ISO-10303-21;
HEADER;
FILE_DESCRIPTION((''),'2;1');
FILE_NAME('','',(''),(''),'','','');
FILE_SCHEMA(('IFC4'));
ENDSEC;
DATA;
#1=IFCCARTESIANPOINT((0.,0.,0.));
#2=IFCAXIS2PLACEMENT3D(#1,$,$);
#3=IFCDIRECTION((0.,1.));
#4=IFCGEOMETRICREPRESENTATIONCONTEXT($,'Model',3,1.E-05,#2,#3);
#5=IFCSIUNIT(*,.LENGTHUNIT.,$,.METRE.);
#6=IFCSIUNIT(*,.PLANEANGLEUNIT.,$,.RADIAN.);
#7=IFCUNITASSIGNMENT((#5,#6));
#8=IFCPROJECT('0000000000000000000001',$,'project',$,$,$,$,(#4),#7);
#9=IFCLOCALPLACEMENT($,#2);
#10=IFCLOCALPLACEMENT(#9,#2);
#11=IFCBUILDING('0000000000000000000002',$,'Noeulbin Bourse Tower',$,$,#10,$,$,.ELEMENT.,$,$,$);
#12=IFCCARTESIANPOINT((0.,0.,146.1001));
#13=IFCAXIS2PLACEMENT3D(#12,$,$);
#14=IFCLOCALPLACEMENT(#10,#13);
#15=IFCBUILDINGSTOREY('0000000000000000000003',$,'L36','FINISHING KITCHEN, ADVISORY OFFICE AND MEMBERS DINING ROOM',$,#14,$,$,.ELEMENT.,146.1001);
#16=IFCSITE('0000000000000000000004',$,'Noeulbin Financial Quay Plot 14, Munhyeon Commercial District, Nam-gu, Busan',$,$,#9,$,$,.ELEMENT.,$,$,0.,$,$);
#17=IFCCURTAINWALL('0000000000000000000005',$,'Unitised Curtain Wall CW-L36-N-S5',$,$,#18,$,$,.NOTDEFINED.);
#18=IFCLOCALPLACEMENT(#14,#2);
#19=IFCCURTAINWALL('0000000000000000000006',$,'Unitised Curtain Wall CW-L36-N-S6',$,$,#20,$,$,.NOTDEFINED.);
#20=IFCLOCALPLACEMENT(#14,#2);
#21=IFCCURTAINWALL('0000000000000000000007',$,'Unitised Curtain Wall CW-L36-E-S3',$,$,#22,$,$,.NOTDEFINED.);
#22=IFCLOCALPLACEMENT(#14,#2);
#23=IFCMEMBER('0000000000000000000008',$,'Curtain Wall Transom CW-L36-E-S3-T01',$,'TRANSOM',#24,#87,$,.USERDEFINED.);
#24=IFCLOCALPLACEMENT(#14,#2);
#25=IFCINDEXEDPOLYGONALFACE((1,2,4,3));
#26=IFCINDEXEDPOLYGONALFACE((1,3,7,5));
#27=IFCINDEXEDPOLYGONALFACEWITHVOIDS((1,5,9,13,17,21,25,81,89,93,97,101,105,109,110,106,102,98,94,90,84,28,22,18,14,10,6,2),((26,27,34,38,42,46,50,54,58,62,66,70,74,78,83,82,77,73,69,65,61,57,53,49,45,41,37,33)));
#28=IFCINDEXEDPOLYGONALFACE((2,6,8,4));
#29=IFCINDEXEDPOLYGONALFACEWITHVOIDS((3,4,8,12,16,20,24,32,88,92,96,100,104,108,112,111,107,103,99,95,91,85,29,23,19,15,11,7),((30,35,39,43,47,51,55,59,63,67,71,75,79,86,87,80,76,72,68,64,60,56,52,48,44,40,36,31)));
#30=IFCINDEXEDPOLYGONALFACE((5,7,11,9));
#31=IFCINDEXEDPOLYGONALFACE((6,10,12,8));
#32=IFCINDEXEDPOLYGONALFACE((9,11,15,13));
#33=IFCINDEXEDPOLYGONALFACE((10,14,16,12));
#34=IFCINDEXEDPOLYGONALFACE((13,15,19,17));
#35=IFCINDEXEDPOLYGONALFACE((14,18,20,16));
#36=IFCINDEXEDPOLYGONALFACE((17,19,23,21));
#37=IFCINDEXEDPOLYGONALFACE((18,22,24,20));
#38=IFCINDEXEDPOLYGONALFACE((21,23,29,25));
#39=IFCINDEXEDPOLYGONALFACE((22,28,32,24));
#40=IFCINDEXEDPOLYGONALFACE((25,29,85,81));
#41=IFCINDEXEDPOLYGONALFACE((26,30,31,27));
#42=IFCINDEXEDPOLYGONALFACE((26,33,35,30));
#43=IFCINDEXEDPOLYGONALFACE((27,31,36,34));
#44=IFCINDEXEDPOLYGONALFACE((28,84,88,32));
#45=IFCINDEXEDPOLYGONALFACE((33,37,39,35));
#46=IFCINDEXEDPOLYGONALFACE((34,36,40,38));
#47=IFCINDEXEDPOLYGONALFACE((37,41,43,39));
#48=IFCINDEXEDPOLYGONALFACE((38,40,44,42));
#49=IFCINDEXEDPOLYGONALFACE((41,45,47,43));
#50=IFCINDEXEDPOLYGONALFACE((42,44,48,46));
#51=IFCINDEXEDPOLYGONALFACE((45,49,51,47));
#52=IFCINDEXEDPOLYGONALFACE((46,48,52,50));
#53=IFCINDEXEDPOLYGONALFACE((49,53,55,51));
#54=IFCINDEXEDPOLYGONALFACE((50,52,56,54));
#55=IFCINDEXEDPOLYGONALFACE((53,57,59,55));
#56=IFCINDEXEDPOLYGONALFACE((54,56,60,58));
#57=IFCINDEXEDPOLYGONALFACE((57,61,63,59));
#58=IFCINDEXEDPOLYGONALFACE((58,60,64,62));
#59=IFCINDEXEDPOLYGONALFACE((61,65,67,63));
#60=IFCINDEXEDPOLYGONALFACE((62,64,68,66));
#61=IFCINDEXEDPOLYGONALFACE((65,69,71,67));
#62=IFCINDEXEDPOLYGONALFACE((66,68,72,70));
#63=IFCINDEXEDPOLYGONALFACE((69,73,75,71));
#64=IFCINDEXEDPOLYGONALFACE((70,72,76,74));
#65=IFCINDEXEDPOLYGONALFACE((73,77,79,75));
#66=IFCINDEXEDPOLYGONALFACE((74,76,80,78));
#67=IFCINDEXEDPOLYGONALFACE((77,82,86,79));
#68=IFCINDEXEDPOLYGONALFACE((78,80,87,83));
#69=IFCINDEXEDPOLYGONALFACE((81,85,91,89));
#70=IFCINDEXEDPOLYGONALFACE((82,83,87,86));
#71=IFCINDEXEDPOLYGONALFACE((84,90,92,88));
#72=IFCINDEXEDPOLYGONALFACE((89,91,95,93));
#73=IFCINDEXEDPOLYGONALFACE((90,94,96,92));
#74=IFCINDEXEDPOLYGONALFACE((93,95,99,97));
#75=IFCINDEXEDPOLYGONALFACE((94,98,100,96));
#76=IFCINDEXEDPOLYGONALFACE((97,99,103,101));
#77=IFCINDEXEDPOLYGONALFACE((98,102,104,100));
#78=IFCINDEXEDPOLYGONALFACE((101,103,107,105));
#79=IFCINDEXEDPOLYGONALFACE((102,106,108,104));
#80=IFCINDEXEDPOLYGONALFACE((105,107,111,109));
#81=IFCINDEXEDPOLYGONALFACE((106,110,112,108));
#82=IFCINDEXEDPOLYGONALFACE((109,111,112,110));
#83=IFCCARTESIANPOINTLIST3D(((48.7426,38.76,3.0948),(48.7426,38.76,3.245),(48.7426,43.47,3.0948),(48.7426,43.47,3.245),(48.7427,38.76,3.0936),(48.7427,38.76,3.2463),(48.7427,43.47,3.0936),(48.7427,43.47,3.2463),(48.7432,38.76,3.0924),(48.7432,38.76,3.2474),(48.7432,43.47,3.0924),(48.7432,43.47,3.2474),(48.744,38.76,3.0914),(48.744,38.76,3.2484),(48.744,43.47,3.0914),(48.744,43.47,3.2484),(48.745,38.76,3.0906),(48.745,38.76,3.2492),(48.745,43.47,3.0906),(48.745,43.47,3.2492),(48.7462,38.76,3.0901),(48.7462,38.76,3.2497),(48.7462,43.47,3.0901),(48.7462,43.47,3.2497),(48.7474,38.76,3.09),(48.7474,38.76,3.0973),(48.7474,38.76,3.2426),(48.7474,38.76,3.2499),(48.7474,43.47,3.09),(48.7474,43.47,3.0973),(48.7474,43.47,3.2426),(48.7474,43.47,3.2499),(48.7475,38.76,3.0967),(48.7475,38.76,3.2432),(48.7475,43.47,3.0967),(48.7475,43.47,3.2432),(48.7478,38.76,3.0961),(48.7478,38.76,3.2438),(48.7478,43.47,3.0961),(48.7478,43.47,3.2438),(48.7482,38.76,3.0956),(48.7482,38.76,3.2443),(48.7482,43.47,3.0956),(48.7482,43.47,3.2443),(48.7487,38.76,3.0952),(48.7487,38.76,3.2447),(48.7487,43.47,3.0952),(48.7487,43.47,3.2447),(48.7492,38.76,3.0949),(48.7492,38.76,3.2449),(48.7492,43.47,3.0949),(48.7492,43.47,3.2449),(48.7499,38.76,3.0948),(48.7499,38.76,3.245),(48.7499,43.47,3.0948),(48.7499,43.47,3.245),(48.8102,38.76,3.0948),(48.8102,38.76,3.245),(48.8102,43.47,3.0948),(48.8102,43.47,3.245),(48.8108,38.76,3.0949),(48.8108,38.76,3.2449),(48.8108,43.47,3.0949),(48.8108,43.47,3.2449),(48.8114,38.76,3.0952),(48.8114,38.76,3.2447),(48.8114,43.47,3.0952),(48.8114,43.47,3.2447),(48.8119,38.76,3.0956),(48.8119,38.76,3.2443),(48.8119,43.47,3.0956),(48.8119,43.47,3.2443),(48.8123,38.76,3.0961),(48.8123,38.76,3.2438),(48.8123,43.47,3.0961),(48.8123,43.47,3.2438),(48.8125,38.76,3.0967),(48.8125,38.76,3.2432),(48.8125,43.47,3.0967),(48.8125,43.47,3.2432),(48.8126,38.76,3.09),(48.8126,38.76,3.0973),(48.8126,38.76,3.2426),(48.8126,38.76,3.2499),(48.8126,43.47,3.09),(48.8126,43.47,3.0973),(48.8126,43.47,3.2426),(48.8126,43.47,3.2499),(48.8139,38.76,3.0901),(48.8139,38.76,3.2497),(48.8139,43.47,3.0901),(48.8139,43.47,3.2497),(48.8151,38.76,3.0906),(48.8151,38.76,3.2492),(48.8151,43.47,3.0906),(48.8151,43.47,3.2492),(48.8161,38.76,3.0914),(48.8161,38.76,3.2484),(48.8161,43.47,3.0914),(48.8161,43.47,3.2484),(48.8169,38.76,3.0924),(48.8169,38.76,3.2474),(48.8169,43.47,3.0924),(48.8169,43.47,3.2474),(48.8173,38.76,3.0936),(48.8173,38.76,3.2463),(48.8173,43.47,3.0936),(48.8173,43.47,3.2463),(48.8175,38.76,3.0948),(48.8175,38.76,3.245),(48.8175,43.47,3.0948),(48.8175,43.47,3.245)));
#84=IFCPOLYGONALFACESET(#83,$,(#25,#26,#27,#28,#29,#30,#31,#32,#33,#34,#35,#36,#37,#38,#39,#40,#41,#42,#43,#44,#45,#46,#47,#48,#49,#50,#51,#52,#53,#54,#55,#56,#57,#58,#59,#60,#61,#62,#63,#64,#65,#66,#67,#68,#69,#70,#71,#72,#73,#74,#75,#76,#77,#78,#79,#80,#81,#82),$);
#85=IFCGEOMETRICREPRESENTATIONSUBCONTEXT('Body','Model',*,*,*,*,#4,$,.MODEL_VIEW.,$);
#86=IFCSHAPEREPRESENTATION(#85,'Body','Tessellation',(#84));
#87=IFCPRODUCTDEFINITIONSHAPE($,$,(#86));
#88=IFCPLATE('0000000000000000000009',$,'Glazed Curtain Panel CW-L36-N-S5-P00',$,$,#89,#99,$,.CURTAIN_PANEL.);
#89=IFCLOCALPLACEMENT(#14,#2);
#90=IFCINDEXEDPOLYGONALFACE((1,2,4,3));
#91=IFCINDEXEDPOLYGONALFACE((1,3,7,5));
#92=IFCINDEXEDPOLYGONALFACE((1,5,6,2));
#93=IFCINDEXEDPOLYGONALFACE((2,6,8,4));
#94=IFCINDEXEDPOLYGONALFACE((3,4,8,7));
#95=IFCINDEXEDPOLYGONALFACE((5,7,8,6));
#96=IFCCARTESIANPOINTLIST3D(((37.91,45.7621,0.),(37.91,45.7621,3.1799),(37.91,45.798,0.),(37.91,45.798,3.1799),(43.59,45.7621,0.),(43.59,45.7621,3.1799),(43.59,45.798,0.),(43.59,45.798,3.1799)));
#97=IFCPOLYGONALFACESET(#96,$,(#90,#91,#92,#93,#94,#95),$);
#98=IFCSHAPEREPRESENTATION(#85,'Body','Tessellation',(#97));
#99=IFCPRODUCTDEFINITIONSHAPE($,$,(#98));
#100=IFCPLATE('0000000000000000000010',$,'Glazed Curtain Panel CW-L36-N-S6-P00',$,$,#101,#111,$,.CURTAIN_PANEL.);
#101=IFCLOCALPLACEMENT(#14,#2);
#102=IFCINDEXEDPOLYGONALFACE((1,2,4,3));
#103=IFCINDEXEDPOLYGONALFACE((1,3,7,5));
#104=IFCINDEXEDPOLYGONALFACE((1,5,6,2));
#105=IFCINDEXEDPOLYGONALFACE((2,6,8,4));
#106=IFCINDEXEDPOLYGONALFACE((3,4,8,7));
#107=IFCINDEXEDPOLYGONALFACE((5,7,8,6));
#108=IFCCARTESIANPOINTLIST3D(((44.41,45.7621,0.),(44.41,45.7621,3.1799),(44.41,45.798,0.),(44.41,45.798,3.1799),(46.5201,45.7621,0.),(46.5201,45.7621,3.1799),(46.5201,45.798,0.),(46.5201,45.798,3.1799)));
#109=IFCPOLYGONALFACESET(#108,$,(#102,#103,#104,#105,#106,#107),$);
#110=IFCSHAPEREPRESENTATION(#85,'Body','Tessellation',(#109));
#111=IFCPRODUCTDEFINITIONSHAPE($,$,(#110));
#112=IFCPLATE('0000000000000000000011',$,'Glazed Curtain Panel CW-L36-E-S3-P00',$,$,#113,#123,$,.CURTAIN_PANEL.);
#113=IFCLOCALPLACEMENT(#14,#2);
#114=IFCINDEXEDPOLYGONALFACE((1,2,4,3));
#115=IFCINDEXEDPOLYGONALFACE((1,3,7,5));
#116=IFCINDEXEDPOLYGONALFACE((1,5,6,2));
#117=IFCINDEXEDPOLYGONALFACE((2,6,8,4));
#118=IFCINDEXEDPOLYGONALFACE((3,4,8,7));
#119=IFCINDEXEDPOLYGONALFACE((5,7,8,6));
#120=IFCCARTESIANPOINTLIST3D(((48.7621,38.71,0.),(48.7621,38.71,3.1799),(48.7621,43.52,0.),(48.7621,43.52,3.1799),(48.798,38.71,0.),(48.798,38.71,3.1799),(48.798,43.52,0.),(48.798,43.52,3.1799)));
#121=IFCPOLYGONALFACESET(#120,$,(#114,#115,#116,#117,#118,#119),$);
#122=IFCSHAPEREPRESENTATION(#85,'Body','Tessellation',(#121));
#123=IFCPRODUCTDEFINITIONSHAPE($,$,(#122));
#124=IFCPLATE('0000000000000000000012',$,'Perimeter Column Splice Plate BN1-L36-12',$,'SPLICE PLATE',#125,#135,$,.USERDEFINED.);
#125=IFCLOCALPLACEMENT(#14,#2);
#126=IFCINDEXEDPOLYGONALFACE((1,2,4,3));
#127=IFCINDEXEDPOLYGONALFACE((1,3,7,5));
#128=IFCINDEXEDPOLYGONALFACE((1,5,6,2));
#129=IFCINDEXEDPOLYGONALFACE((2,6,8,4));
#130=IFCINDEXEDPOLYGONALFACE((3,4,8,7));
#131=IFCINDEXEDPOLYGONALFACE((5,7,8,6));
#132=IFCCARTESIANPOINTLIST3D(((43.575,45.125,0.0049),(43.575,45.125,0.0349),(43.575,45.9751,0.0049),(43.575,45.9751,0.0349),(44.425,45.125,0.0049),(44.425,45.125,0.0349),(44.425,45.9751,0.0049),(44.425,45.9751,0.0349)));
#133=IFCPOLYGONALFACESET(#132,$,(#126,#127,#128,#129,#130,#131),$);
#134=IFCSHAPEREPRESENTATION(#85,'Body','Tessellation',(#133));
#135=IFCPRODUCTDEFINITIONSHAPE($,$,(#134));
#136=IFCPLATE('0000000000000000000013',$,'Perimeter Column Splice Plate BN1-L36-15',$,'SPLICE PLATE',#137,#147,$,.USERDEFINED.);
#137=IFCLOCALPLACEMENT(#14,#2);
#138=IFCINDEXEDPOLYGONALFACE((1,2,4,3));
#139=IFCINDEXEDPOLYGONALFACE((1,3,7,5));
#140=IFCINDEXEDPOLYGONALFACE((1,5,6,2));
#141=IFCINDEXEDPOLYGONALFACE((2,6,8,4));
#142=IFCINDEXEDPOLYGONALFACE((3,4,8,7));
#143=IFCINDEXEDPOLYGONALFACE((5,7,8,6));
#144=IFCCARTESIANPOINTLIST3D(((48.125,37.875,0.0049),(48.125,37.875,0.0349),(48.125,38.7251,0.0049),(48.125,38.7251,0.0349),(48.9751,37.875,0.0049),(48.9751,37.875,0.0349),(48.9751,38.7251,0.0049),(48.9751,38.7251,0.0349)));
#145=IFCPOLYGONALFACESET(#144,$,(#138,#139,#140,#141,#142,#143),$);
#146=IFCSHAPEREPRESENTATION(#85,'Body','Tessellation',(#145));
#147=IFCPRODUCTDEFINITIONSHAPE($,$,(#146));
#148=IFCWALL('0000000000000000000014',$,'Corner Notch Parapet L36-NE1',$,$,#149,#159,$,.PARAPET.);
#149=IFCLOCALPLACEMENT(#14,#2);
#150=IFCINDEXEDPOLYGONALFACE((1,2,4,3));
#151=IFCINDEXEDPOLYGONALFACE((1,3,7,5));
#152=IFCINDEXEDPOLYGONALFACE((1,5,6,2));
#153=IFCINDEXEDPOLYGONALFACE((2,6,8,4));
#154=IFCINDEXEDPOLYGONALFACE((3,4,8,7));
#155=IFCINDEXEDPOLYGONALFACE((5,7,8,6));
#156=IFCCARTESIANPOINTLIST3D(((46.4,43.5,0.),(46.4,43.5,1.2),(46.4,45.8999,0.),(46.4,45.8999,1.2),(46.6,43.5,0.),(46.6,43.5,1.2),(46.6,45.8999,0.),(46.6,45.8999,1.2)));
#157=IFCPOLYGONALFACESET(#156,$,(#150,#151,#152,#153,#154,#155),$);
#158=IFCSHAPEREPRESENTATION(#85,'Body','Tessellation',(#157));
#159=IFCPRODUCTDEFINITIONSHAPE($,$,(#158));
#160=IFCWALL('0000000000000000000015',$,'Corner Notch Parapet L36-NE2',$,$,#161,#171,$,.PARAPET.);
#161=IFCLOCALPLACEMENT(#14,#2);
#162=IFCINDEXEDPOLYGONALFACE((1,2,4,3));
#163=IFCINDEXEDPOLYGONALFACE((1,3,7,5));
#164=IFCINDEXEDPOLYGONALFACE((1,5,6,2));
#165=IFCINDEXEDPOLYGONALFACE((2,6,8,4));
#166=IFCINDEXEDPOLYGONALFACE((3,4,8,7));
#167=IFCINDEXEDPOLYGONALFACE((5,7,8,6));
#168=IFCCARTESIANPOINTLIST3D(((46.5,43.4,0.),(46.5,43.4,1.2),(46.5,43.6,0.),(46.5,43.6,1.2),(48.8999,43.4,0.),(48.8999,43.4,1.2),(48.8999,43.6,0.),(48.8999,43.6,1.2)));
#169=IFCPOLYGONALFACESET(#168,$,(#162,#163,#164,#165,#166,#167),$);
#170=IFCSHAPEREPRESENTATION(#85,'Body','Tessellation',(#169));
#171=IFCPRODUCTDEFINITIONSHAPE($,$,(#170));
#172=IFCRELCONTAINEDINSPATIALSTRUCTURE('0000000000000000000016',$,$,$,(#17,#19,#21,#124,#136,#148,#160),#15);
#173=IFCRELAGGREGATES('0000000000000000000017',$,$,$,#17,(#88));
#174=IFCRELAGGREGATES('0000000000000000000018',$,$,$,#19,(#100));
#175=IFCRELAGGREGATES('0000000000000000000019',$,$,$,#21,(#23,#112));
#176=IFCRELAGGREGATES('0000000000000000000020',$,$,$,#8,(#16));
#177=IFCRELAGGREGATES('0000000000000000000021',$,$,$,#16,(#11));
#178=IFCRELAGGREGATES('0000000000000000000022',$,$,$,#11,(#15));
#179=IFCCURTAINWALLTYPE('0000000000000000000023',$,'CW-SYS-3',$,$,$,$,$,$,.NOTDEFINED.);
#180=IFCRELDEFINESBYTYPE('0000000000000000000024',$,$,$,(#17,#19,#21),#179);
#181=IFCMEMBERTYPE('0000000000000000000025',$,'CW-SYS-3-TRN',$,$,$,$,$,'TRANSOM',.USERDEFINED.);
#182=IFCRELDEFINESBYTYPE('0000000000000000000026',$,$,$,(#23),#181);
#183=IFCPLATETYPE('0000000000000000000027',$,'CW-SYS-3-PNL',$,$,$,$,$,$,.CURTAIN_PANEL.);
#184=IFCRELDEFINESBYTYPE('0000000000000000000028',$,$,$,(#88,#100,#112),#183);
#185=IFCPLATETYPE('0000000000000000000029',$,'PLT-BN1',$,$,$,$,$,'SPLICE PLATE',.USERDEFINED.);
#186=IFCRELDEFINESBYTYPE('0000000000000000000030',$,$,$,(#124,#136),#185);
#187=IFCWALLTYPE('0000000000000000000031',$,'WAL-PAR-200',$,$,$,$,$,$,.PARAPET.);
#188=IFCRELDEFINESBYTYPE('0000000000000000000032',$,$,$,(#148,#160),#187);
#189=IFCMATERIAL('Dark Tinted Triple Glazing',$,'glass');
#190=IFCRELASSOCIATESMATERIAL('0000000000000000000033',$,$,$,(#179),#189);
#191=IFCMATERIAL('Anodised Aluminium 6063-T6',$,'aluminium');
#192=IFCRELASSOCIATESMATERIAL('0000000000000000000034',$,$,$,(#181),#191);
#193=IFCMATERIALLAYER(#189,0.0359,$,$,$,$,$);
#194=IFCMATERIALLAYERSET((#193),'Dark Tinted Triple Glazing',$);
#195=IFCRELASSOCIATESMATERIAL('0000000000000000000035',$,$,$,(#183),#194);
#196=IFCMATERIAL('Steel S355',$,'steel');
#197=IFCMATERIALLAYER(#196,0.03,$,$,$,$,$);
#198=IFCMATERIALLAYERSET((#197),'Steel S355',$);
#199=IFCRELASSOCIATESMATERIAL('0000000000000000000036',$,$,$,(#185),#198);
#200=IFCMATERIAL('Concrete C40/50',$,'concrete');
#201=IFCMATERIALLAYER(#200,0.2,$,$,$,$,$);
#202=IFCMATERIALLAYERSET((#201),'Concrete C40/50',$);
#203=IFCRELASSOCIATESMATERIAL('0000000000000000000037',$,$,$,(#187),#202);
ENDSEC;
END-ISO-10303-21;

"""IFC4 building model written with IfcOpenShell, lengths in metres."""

from ifc_helpers import new_model, si_unit, direction, frame, frame_2d, origin, origin_2d, place, context, subcontext, project, spatial, rectangle, hollow_rectangle, extrude, material, layer, layer_set, material_profile, profile_set, type_object, element, aggregate, save


model = new_model("IFC4")

# Units and contexts
model_context = context("Model", 3, precision=1e-05, world=origin(), true_north=direction((0.0, 1.0)))
body_context = subcontext(model_context, "Body", "Model", "MODEL_VIEW")
ifc_project = project(units=[si_unit("LENGTHUNIT", "METRE"), si_unit("PLANEANGLEUNIT", "RADIAN")], contexts=[model_context])

# Site, building, storey
site_placement = place(None, origin())
site = spatial("IfcSite", under=ifc_project, at=site_placement, Name="Noeulbin Financial Quay Plot 14, Munhyeon Commercial District, Nam-gu, Busan", CompositionType="ELEMENT", RefElevation=0.0)
building_placement = place(site_placement, origin())
building = spatial("IfcBuilding", under=site, at=building_placement, Name="Noeulbin Bourse Tower", CompositionType="ELEMENT")
storey_placement = place(building_placement, frame((0.0, 0.0, 146.1001)))
storey = spatial("IfcBuildingStorey", under=building, at=storey_placement, Name="L36", Description="FINISHING KITCHEN, ADVISORY OFFICE AND MEMBERS DINING ROOM", CompositionType="ELEMENT", Elevation=146.1001)

# Shared definitions
ifc_material_1 = material(Name="Steel S355", Category="steel")

# Curtain wall
ifc_material_2 = material(Name="Dark Tinted Triple Glazing", Category="glass")
curtain_wall_type = type_object("IfcCurtainWallType", Name="CW-SYS-3", PredefinedType="NOTDEFINED", material=ifc_material_2)
curtain_wall_1_placement = place(storey_placement, origin())
curtain_wall_1 = element("IfcCurtainWall", 1, at=curtain_wall_1_placement, inside=storey, type_object=curtain_wall_type, Name="Unitised Curtain Wall CW-L36-N-S5", PredefinedType="NOTDEFINED")
ifc_material_3 = material(Name="Anodised Aluminium 6063-T6", Category="aluminium")

# Curtain walls
curtain_wall_2_placement = place(storey_placement, origin())
curtain_wall_2 = element("IfcCurtainWall", 2, at=curtain_wall_2_placement, inside=storey, type_object=curtain_wall_type, Name="Unitised Curtain Wall CW-L36-N-S6", PredefinedType="NOTDEFINED")
curtain_wall_3_placement = place(storey_placement, origin())
curtain_wall_3 = element("IfcCurtainWall", 3, at=curtain_wall_3_placement, inside=storey, type_object=curtain_wall_type, Name="Unitised Curtain Wall CW-L36-E-S3", PredefinedType="NOTDEFINED")

# Member
ifc_material_profile_1 = material_profile(ifc_material_3, hollow_rectangle(XDim=0.075, YDim=0.1599, WallThickness=0.0049, InnerFilletRadius=0.0024, OuterFilletRadius=0.0049, at=origin_2d()), Name="ALU-TRAN-75x160x5", Category="LoadBearing")
ifc_profile_set_1 = profile_set([ifc_material_profile_1], Name="Anodised Aluminium 6063-T6")
member_type_1 = type_object("IfcMemberType", Name="CW-SYS-3-TRN", ElementType="TRANSOM", PredefinedType="USERDEFINED", material=ifc_profile_set_1)
member_1_placement = place(storey_placement, frame((48.78, 38.76, 3.1699), z_axis=(0.0, 1.0, 0.0), x_axis=(-1.0, 0.0, 0.0)))
member_1 = element("IfcMember", 4, at=member_1_placement, type_object=member_type_1, Name="Curtain Wall Transom CW-L36-E-S3-T01", ObjectType="TRANSOM", PredefinedType="USERDEFINED", context=body_context, shape_type="SweptSolid", body=[
    extrude(hollow_rectangle(XDim=0.075, YDim=0.1599, WallThickness=0.0049, InnerFilletRadius=0.0024, OuterFilletRadius=0.0049, at=origin_2d()), origin(), (0.0, 0.0, 1.0), 4.71),
])

# Plates
ifc_layer_1 = layer(ifc_material_2, 0.0359)
ifc_layer_set_1 = layer_set([ifc_layer_1], Name="Dark Tinted Triple Glazing")
plate_type_1 = type_object("IfcPlateType", Name="CW-SYS-3-PNL", PredefinedType="CURTAIN_PANEL", material=ifc_layer_set_1)
plate_1_placement = place(storey_placement, frame((40.75, 45.78, 0.0), z_axis=(0.0, 0.0, 1.0), x_axis=(1.0, 0.0, 0.0)))
plate_1 = element("IfcPlate", 5, at=plate_1_placement, type_object=plate_type_1, Name="Glazed Curtain Panel CW-L36-N-S5-P00", PredefinedType="CURTAIN_PANEL", context=body_context, shape_type="SweptSolid", body=[
    extrude(rectangle(XDim=5.6799, YDim=0.0359, at=origin_2d()), origin(), (0.0, 0.0, 1.0), 3.1799),
])
aggregate(curtain_wall_1, [plate_1])
plate_2_placement = place(storey_placement, frame((45.4651, 45.78, 0.0), z_axis=(0.0, 0.0, 1.0), x_axis=(1.0, 0.0, 0.0)))
plate_2 = element("IfcPlate", 6, at=plate_2_placement, type_object=plate_type_1, Name="Glazed Curtain Panel CW-L36-N-S6-P00", PredefinedType="CURTAIN_PANEL", context=body_context, shape_type="SweptSolid", body=[
    extrude(rectangle(XDim=2.1101, YDim=0.0359, at=origin_2d()), origin(), (0.0, 0.0, 1.0), 3.1799),
])
aggregate(curtain_wall_2, [plate_2])
plate_3_placement = place(storey_placement, frame((48.78, 41.115, 0.0), z_axis=(0.0, 0.0, 1.0), x_axis=(0.0, 1.0, 0.0)))
plate_3 = element("IfcPlate", 7, at=plate_3_placement, type_object=plate_type_1, Name="Glazed Curtain Panel CW-L36-E-S3-P00", PredefinedType="CURTAIN_PANEL", context=body_context, shape_type="SweptSolid", body=[
    extrude(rectangle(XDim=4.8101, YDim=0.0359, at=origin_2d()), origin(), (0.0, 0.0, 1.0), 3.1799),
])
aggregate(curtain_wall_3, [member_1, plate_3])

# Plates
ifc_layer_2 = layer(ifc_material_1, 0.03)
ifc_layer_set_2 = layer_set([ifc_layer_2], Name="Steel S355")
plate_type_2 = type_object("IfcPlateType", Name="PLT-BN1", ElementType="SPLICE PLATE", PredefinedType="USERDEFINED", material=ifc_layer_set_2)
for number, where, z_axis, x_axis, name in (
    (8, (44.0, 45.55, 0.0049), (0.0, 0.0, 1.0), (1.0, 0.0, 0.0), "Perimeter Column Splice Plate BN1-L36-12"),
    (9, (48.55, 38.3, 0.0049), (0.0, 0.0, 1.0), (1.0, 0.0, 0.0), "Perimeter Column Splice Plate BN1-L36-15"),
):
    element("IfcPlate", number, at=place(storey_placement, frame(where, z_axis=z_axis, x_axis=x_axis)), inside=storey, type_object=plate_type_2, Name=name, ObjectType="SPLICE PLATE", PredefinedType="USERDEFINED", context=body_context, shape_type="SweptSolid", body=[
        extrude(rectangle(XDim=0.8501, YDim=0.8501, at=origin_2d()), origin(), (0.0, 0.0, 1.0), 0.03),
    ])

# Walls
ifc_material_4 = material(Name="Concrete C40/50", Category="concrete")
ifc_layer_3 = layer(ifc_material_4, 0.2)
ifc_layer_set_3 = layer_set([ifc_layer_3], Name="Concrete C40/50")
wall_type_1 = type_object("IfcWallType", Name="WAL-PAR-200", PredefinedType="PARAPET", material=ifc_layer_set_3)
for number, where, z_axis, x_axis, name in (
    (10, (46.5, 45.8999, 0.0), (0.0, 0.0, 1.0), (0.0, -1.0, 0.0), "Corner Notch Parapet L36-NE1"),
    (11, (46.5, 43.5, 0.0), (0.0, 0.0, 1.0), (1.0, 0.0, 0.0), "Corner Notch Parapet L36-NE2"),
):
    element("IfcWall", number, at=place(storey_placement, frame(where, z_axis=z_axis, x_axis=x_axis)), inside=storey, type_object=wall_type_1, Name=name, PredefinedType="PARAPET", context=body_context, shape_type="SweptSolid", body=[
        extrude(rectangle(XDim=2.3999, YDim=0.2, at=frame_2d((1.2, 0.0))), origin(), (0.0, 0.0, 1.0), 1.2),
    ])

save(model, "model.ifc")
